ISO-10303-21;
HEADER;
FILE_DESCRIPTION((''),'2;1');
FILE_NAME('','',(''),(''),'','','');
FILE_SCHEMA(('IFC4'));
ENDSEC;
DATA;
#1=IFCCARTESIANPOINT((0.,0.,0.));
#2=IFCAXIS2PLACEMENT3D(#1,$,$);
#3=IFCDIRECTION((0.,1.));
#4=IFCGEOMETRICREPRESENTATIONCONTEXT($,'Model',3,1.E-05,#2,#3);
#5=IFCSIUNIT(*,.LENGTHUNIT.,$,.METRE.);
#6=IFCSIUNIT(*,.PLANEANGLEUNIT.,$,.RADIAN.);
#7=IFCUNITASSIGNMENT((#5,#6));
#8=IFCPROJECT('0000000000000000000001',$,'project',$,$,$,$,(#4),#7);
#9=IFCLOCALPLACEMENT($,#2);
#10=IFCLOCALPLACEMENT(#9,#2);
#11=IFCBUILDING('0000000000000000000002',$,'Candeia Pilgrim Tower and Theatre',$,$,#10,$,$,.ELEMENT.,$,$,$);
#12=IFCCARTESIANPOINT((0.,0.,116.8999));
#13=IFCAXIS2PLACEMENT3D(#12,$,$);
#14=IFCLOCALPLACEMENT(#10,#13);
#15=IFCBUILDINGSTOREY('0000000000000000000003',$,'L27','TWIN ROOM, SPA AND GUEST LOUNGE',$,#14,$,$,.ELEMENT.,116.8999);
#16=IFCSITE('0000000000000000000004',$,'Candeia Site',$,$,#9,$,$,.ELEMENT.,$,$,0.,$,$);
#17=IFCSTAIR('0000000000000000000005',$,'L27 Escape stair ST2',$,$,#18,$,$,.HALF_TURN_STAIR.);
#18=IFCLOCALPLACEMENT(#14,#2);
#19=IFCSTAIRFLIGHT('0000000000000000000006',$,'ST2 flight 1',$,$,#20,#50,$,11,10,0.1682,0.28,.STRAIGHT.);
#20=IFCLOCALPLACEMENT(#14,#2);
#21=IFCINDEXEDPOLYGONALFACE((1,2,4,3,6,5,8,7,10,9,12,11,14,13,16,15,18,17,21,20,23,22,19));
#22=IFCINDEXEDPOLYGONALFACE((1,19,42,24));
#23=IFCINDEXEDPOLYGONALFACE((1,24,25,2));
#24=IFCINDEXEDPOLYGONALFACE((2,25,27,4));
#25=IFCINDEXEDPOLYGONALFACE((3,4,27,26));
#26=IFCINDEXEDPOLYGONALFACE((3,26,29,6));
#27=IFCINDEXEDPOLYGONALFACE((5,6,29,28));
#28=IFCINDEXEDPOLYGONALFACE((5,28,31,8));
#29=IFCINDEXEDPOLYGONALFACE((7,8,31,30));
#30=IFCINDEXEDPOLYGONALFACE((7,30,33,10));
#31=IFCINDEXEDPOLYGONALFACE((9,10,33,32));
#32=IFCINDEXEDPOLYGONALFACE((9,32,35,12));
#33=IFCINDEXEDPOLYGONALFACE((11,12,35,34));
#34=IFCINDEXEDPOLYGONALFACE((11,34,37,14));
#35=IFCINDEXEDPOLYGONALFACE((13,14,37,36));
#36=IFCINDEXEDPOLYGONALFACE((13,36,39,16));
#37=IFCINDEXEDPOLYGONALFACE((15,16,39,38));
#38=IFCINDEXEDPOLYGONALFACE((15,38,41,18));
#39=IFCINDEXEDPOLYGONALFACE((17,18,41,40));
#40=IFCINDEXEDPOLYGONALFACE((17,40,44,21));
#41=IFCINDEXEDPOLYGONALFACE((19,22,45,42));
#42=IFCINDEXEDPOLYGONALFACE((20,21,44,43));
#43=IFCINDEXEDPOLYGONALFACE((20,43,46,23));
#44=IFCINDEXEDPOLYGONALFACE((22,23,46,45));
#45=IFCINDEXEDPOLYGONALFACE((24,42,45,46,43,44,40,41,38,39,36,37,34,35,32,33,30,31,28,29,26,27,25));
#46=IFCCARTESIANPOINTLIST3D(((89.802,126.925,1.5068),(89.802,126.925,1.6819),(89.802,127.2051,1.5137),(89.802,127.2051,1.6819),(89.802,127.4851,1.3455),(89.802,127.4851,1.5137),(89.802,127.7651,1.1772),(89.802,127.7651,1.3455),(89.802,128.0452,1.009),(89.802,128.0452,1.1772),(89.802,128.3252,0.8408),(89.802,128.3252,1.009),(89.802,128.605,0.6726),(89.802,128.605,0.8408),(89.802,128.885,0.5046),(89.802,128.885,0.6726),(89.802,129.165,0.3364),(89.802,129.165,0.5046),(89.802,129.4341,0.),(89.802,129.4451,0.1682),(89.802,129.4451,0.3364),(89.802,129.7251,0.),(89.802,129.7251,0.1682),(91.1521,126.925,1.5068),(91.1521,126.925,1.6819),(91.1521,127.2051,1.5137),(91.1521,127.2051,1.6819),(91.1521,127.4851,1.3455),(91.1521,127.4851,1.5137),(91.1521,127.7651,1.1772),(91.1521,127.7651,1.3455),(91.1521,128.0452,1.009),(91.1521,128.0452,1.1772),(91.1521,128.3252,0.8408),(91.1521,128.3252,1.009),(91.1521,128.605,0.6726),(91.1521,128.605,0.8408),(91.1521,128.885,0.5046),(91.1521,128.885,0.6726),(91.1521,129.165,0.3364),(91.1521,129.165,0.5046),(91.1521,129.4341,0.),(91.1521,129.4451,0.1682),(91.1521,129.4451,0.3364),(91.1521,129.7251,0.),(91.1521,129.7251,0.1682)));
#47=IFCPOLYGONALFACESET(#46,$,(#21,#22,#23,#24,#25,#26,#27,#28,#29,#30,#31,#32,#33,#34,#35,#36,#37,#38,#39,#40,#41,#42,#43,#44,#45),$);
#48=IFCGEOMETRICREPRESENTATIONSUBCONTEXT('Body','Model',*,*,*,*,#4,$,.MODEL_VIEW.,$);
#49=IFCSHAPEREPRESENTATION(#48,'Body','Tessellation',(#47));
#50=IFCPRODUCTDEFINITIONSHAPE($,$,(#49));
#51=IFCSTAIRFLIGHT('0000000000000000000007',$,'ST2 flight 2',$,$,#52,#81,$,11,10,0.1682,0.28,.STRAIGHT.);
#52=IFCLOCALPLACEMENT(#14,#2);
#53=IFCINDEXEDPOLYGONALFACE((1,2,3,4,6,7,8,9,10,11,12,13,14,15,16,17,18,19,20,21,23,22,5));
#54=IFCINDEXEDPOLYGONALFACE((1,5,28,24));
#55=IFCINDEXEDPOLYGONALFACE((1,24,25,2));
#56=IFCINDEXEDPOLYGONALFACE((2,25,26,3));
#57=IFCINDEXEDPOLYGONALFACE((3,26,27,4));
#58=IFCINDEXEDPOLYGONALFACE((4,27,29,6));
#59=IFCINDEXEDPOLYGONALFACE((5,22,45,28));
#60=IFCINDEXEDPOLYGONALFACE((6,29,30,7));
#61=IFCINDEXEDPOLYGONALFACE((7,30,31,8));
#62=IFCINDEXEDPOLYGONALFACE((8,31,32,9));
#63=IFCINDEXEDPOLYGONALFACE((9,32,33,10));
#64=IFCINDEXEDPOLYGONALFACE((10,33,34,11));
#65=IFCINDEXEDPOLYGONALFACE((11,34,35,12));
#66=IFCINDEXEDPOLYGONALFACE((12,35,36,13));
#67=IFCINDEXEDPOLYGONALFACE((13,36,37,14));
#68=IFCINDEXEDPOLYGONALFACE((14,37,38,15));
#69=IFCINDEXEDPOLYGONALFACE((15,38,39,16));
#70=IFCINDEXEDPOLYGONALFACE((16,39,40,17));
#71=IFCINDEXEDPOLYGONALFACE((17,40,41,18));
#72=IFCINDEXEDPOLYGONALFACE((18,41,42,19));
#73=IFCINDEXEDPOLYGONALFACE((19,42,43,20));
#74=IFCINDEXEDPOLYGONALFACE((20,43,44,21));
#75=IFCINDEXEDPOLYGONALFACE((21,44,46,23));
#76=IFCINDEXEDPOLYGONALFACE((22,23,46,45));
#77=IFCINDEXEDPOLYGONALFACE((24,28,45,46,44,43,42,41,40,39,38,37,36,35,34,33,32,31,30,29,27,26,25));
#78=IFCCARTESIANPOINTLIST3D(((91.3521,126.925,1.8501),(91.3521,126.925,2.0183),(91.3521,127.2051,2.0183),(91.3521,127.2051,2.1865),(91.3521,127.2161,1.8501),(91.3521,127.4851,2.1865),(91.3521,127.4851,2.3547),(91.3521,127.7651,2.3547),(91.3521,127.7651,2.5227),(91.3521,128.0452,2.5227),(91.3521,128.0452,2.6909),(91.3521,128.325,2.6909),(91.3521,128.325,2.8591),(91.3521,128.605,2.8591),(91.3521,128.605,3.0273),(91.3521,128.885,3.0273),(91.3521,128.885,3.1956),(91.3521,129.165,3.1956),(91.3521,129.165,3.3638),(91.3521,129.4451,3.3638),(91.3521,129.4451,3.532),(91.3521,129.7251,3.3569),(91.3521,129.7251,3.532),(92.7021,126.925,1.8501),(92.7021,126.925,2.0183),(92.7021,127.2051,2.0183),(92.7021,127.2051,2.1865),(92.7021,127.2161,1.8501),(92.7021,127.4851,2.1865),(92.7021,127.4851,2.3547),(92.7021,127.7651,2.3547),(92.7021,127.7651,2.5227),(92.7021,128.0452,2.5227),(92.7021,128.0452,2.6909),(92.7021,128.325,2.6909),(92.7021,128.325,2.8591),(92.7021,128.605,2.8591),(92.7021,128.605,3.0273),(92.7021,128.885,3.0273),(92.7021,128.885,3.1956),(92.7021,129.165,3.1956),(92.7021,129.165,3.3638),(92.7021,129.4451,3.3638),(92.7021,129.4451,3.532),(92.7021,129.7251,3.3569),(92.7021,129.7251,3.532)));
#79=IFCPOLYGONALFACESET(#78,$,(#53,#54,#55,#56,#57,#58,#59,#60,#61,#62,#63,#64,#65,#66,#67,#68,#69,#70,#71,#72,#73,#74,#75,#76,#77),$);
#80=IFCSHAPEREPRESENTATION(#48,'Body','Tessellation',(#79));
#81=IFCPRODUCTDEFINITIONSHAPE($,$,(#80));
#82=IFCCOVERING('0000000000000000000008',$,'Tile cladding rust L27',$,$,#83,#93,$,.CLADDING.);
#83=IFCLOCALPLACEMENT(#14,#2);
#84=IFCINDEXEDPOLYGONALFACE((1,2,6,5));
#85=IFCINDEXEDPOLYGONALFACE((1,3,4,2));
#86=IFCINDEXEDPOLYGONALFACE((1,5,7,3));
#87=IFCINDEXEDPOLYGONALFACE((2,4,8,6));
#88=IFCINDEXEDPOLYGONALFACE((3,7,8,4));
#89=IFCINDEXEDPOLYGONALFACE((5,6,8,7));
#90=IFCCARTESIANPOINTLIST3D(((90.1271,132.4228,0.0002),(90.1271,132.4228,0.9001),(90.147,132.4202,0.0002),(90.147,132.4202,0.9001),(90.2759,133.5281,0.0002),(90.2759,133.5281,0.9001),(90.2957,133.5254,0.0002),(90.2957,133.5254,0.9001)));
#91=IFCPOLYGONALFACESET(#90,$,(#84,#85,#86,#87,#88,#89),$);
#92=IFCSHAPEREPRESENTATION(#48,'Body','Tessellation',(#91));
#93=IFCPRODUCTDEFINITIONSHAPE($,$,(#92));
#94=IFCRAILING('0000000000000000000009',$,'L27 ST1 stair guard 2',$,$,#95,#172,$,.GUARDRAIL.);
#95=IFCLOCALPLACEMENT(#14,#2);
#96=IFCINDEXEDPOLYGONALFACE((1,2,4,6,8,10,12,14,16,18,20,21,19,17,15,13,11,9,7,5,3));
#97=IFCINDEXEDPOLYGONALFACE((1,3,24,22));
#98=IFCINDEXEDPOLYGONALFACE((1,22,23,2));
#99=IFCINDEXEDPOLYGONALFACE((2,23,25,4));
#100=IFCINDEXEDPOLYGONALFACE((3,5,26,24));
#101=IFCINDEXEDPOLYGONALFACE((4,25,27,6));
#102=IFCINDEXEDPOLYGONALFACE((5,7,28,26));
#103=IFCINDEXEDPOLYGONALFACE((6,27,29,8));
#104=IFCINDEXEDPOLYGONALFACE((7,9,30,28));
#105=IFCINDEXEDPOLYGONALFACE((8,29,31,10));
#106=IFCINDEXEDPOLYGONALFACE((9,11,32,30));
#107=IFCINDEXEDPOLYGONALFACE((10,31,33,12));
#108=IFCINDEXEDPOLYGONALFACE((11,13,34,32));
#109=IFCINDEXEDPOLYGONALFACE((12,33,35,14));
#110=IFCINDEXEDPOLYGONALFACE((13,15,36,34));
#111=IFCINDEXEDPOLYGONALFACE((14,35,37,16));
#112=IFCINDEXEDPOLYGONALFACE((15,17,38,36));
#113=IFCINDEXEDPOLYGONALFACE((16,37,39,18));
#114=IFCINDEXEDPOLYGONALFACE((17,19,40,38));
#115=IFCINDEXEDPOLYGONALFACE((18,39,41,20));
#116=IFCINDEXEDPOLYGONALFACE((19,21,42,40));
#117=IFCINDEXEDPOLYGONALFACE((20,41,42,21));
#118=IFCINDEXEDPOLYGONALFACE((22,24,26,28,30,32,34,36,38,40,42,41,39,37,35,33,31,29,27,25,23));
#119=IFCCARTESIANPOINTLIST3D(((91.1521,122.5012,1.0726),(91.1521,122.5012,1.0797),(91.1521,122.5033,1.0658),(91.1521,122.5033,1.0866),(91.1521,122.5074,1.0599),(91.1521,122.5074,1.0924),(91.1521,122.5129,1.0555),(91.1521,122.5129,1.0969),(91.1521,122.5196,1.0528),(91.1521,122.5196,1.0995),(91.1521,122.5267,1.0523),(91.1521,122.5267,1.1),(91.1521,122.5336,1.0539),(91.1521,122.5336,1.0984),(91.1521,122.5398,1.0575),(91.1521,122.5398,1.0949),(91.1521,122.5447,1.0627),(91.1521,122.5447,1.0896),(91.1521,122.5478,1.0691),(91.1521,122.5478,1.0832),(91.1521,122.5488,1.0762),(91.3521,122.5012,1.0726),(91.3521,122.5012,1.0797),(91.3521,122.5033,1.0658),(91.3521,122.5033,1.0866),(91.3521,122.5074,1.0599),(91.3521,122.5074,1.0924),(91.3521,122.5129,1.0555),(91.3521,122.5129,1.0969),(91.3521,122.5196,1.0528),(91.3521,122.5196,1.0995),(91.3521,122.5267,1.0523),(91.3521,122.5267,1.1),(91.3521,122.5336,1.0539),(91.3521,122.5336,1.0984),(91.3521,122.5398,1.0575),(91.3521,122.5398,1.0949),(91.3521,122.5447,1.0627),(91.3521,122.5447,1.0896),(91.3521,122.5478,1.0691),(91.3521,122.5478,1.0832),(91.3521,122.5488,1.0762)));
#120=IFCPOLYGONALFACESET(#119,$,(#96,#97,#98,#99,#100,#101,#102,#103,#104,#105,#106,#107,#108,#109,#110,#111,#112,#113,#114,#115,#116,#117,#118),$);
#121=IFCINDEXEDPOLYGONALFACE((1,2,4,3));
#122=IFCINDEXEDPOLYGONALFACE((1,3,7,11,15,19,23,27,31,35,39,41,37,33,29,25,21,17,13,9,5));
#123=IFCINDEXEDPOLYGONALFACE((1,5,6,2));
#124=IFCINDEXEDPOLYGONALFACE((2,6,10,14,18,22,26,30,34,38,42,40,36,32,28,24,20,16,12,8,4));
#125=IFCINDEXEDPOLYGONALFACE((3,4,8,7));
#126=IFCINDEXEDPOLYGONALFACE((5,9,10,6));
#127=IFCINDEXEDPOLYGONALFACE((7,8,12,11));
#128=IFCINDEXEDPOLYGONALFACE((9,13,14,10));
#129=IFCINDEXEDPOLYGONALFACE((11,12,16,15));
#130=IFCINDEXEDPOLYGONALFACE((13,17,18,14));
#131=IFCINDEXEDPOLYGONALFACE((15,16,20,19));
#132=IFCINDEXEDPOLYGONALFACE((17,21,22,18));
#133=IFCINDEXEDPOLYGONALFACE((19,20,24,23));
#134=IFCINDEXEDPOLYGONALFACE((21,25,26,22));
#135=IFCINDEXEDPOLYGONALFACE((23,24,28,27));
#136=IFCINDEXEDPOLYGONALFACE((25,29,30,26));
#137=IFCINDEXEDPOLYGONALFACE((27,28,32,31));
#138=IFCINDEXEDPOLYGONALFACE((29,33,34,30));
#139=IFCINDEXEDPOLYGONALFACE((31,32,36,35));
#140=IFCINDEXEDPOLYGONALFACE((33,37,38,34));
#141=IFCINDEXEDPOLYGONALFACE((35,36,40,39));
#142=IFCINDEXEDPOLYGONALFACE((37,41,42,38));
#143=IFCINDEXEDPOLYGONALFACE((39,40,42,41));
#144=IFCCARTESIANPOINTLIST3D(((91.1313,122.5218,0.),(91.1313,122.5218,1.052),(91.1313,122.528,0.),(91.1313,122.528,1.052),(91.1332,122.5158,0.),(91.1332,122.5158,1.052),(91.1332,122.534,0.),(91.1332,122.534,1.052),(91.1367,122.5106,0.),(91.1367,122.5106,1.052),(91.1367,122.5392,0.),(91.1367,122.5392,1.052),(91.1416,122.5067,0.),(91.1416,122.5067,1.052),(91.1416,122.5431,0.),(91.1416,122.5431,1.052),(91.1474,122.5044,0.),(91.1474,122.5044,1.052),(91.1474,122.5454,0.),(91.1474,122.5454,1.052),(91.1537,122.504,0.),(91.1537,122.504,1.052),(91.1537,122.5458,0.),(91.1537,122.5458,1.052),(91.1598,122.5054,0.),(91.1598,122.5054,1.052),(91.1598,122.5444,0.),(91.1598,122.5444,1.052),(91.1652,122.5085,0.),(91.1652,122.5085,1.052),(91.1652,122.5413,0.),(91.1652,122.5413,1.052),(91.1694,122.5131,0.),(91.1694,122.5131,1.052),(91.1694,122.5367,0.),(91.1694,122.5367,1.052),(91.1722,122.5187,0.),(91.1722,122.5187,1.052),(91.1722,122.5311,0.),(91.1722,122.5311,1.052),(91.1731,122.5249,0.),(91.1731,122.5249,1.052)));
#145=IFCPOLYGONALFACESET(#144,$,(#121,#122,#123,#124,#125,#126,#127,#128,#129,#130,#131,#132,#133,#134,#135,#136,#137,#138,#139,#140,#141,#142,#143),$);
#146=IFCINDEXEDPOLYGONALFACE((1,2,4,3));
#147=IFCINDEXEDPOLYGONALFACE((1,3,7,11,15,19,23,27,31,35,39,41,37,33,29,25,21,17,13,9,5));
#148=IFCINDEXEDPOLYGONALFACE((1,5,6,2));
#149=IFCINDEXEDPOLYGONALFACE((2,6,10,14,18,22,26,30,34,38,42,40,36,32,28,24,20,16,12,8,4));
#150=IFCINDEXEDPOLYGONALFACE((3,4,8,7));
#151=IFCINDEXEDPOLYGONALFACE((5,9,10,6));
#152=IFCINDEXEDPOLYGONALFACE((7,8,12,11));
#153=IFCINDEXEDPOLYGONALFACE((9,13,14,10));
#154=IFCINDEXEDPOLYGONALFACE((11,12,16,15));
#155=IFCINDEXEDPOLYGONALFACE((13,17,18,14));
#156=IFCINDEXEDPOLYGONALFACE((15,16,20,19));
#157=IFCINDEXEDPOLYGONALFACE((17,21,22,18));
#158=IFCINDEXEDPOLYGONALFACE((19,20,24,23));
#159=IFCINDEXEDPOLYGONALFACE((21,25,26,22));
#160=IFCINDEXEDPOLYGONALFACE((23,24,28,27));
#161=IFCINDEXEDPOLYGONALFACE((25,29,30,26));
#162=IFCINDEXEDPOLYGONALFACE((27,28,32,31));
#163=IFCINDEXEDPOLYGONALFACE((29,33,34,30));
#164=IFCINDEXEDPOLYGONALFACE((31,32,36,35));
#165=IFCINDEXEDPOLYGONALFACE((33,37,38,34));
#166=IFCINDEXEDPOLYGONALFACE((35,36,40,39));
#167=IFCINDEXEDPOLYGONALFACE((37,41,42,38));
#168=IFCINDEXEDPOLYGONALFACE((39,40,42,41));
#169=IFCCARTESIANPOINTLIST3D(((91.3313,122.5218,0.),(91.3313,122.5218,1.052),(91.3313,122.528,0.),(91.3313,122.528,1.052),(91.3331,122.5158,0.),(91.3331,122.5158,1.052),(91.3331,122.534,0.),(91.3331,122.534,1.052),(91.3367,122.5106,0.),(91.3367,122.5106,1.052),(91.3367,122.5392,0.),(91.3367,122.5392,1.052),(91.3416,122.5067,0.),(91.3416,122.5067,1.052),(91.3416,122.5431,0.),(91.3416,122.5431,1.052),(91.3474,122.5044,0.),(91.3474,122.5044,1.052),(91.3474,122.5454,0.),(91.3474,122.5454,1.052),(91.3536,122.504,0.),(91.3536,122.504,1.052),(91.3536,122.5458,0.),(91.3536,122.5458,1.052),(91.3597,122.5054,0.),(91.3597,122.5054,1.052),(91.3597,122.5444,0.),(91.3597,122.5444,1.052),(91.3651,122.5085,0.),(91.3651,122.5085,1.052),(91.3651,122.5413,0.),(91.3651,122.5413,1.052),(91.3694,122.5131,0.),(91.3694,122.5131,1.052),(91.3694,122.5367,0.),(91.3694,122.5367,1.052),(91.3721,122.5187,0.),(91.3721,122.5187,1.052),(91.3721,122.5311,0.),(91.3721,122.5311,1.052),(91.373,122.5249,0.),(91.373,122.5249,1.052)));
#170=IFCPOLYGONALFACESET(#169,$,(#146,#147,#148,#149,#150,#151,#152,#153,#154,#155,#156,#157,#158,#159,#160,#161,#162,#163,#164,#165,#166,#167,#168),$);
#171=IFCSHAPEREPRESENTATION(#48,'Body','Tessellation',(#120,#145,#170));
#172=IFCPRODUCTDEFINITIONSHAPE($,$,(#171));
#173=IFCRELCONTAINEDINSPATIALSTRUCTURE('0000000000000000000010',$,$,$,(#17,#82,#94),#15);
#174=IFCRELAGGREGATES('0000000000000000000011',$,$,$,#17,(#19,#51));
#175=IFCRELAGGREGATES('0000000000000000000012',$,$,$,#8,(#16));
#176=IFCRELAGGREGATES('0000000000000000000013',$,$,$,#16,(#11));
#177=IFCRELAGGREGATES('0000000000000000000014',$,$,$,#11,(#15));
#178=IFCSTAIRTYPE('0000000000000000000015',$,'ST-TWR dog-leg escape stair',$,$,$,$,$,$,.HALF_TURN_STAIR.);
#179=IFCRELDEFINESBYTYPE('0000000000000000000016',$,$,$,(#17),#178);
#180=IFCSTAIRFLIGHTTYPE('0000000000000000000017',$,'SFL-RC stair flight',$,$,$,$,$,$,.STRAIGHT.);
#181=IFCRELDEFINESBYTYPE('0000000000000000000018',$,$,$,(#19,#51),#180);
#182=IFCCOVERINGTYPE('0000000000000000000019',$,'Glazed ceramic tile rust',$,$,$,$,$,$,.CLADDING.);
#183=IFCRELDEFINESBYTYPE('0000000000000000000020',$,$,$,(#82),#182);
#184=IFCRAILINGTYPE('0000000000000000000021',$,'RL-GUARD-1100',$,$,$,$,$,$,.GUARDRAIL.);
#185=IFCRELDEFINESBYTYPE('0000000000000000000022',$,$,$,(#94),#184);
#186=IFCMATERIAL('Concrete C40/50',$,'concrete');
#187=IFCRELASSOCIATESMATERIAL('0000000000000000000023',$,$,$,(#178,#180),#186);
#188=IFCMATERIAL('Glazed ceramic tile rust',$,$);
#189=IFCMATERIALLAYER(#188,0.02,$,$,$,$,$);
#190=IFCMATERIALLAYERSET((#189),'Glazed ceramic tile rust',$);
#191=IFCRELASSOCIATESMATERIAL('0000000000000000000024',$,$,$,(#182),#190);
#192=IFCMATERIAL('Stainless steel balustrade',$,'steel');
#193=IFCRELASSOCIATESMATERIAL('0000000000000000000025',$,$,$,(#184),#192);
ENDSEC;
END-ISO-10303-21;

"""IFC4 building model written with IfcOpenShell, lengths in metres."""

from ifc_helpers import new_model, si_unit, direction, frame, origin, origin_2d, place, context, subcontext, project, spatial, polyline, rectangle, circle, outline, extrude, material, layer, layer_set, type_object, element, aggregate, save


model = new_model("IFC4")

# Units and contexts
model_context = context("Model", 3, precision=1e-05, world=origin(), true_north=direction((0.0, 1.0)))
body_context = subcontext(model_context, "Body", "Model", "MODEL_VIEW")
ifc_project = project(units=[si_unit("LENGTHUNIT", "METRE"), si_unit("PLANEANGLEUNIT", "RADIAN")], contexts=[model_context])

# Site, building, storey
site_placement = place(None, origin())
site = spatial("IfcSite", under=ifc_project, at=site_placement, Name="Candeia Site", CompositionType="ELEMENT", RefElevation=0.0)
building_placement = place(site_placement, origin())
building = spatial("IfcBuilding", under=site, at=building_placement, Name="Candeia Pilgrim Tower and Theatre", CompositionType="ELEMENT")
storey_placement = place(building_placement, frame((0.0, 0.0, 116.8999)))
storey = spatial("IfcBuildingStorey", under=building, at=storey_placement, Name="L27", Description="TWIN ROOM, SPA AND GUEST LOUNGE", CompositionType="ELEMENT", Elevation=116.8999)

# Shared definitions
ifc_material_1 = material(Name="Concrete C40/50", Category="concrete")

# Stair, stair flights
stair_type = type_object("IfcStairType", Name="ST-TWR dog-leg escape stair", PredefinedType="HALF_TURN_STAIR", material=ifc_material_1)
stair_flight_type = type_object("IfcStairFlightType", Name="SFL-RC stair flight", PredefinedType="STRAIGHT", material=ifc_material_1)
stair_1_placement = place(storey_placement, origin())
stair_1 = element("IfcStair", 1, at=stair_1_placement, inside=storey, type_object=stair_type, Name="L27 Escape stair ST2", PredefinedType="HALF_TURN_STAIR")
stair_flight_1_placement = place(storey_placement, frame((90.4771, 129.7251, 0.0), z_axis=(0.0, 0.0, 1.0), x_axis=(0.0, -1.0, 0.0)))
stair_flight_1 = element("IfcStairFlight", 2, at=stair_flight_1_placement, type_object=stair_flight_type, Name="ST2 flight 1", NumberOfRisers=11, NumberOfTreads=10, PredefinedType="STRAIGHT", RiserHeight=0.1682, TreadLength=0.28, context=body_context, shape_type="SweptSolid", body=[
    extrude(outline(polyline([(0.0, 0.0), (0.0, 0.1682), (0.28, 0.1682), (0.28, 0.3364), (0.5601, 0.3364), (0.5601, 0.5046), (0.8401, 0.5046), (0.8401, 0.6726), (1.1201, 0.6726), (1.1201, 0.8408), (1.3999, 0.8408), (1.3999, 1.009), (1.6799, 1.009), (1.6799, 1.1772), (1.96, 1.1772), (1.96, 1.3455), (2.24, 1.3455), (2.24, 1.5137), (2.52, 1.5137), (2.52, 1.6819), (2.8, 1.6819), (2.8, 1.8501), (2.8, 1.5068), (0.291, 0.0), (0.0, 0.0)])), frame((0.0, 0.675, 0.0), z_axis=(0.0, -1.0, 0.0), x_axis=(1.0, 0.0, 0.0)), (0.0, 0.0, 1.0), 1.3501),
])
stair_flight_2_placement = place(storey_placement, frame((92.0271, 126.925, 1.8501), z_axis=(0.0, 0.0, 1.0), x_axis=(0.0, 1.0, 0.0)))
stair_flight_2 = element("IfcStairFlight", 3, at=stair_flight_2_placement, type_object=stair_flight_type, Name="ST2 flight 2", NumberOfRisers=11, NumberOfTreads=10, PredefinedType="STRAIGHT", RiserHeight=0.1682, TreadLength=0.28, context=body_context, shape_type="SweptSolid", body=[
    extrude(outline(polyline([(0.0, 0.0), (0.0, 0.1682), (0.28, 0.1682), (0.28, 0.3364), (0.5601, 0.3364), (0.5601, 0.5046), (0.8401, 0.5046), (0.8401, 0.6726), (1.1201, 0.6726), (1.1201, 0.8408), (1.3999, 0.8408), (1.3999, 1.009), (1.6799, 1.009), (1.6799, 1.1772), (1.96, 1.1772), (1.96, 1.3455), (2.24, 1.3455), (2.24, 1.5137), (2.52, 1.5137), (2.52, 1.6819), (2.8, 1.6819), (2.8, 1.8501), (2.8, 1.5068), (0.291, 0.0), (0.0, 0.0)])), frame((0.0, 0.675, 0.0), z_axis=(0.0, -1.0, 0.0), x_axis=(1.0, 0.0, 0.0)), (0.0, 0.0, 1.0), 1.3501),
])
aggregate(stair_1, [stair_flight_1, stair_flight_2])

# Shared definitions
ifc_material_2 = material(Name="Stainless steel balustrade", Category="steel")

# Covering
ifc_material_3 = material(Name="Glazed ceramic tile rust")
ifc_layer_1 = layer(ifc_material_3, 0.02)
ifc_layer_set_1 = layer_set([ifc_layer_1], Name="Glazed ceramic tile rust")
covering_type = type_object("IfcCoveringType", Name="Glazed ceramic tile rust", PredefinedType="CLADDING", material=ifc_layer_set_1)
covering_placement = place(storey_placement, frame((90.2114, 132.9741, 0.0002), z_axis=(0.0, 0.0, 1.0), x_axis=(-0.133412, -0.991061, 0.0)))
element("IfcCovering", 4, at=covering_placement, inside=storey, type_object=covering_type, Name="Tile cladding rust L27", PredefinedType="CLADDING", context=body_context, shape_type="SweptSolid", body=[
    extrude(rectangle(XDim=1.1152, YDim=0.02, at=origin_2d()), origin(), (0.0, 0.0, 1.0), 0.8999),
])

# Railing
railing_type_1 = type_object("IfcRailingType", Name="RL-GUARD-1100", PredefinedType="GUARDRAIL", material=ifc_material_2)
railing_1_placement = place(storey_placement, frame((91.1521, 122.5249, 0.0)))
element("IfcRailing", 5, at=railing_1_placement, inside=storey, type_object=railing_type_1, Name="L27 ST1 stair guard 2", PredefinedType="GUARDRAIL", context=body_context, shape_type="SweptSolid", body=[
    extrude(circle(Radius=0.0239, at=origin_2d()), frame((0.0, 0.0, 1.0762), z_axis=(1.0, 0.0, 0.0), x_axis=(0.0, 1.0, 0.0)), (0.0, 0.0, 1.0), 0.2),
    extrude(circle(Radius=0.021, at=origin_2d()), origin(), (0.0, 0.0, 1.0), 1.052),
    extrude(circle(Radius=0.021, at=origin_2d()), frame((0.2, 0.0, 0.0)), (0.0, 0.0, 1.0), 1.052),
])

save(model, "model.ifc")
